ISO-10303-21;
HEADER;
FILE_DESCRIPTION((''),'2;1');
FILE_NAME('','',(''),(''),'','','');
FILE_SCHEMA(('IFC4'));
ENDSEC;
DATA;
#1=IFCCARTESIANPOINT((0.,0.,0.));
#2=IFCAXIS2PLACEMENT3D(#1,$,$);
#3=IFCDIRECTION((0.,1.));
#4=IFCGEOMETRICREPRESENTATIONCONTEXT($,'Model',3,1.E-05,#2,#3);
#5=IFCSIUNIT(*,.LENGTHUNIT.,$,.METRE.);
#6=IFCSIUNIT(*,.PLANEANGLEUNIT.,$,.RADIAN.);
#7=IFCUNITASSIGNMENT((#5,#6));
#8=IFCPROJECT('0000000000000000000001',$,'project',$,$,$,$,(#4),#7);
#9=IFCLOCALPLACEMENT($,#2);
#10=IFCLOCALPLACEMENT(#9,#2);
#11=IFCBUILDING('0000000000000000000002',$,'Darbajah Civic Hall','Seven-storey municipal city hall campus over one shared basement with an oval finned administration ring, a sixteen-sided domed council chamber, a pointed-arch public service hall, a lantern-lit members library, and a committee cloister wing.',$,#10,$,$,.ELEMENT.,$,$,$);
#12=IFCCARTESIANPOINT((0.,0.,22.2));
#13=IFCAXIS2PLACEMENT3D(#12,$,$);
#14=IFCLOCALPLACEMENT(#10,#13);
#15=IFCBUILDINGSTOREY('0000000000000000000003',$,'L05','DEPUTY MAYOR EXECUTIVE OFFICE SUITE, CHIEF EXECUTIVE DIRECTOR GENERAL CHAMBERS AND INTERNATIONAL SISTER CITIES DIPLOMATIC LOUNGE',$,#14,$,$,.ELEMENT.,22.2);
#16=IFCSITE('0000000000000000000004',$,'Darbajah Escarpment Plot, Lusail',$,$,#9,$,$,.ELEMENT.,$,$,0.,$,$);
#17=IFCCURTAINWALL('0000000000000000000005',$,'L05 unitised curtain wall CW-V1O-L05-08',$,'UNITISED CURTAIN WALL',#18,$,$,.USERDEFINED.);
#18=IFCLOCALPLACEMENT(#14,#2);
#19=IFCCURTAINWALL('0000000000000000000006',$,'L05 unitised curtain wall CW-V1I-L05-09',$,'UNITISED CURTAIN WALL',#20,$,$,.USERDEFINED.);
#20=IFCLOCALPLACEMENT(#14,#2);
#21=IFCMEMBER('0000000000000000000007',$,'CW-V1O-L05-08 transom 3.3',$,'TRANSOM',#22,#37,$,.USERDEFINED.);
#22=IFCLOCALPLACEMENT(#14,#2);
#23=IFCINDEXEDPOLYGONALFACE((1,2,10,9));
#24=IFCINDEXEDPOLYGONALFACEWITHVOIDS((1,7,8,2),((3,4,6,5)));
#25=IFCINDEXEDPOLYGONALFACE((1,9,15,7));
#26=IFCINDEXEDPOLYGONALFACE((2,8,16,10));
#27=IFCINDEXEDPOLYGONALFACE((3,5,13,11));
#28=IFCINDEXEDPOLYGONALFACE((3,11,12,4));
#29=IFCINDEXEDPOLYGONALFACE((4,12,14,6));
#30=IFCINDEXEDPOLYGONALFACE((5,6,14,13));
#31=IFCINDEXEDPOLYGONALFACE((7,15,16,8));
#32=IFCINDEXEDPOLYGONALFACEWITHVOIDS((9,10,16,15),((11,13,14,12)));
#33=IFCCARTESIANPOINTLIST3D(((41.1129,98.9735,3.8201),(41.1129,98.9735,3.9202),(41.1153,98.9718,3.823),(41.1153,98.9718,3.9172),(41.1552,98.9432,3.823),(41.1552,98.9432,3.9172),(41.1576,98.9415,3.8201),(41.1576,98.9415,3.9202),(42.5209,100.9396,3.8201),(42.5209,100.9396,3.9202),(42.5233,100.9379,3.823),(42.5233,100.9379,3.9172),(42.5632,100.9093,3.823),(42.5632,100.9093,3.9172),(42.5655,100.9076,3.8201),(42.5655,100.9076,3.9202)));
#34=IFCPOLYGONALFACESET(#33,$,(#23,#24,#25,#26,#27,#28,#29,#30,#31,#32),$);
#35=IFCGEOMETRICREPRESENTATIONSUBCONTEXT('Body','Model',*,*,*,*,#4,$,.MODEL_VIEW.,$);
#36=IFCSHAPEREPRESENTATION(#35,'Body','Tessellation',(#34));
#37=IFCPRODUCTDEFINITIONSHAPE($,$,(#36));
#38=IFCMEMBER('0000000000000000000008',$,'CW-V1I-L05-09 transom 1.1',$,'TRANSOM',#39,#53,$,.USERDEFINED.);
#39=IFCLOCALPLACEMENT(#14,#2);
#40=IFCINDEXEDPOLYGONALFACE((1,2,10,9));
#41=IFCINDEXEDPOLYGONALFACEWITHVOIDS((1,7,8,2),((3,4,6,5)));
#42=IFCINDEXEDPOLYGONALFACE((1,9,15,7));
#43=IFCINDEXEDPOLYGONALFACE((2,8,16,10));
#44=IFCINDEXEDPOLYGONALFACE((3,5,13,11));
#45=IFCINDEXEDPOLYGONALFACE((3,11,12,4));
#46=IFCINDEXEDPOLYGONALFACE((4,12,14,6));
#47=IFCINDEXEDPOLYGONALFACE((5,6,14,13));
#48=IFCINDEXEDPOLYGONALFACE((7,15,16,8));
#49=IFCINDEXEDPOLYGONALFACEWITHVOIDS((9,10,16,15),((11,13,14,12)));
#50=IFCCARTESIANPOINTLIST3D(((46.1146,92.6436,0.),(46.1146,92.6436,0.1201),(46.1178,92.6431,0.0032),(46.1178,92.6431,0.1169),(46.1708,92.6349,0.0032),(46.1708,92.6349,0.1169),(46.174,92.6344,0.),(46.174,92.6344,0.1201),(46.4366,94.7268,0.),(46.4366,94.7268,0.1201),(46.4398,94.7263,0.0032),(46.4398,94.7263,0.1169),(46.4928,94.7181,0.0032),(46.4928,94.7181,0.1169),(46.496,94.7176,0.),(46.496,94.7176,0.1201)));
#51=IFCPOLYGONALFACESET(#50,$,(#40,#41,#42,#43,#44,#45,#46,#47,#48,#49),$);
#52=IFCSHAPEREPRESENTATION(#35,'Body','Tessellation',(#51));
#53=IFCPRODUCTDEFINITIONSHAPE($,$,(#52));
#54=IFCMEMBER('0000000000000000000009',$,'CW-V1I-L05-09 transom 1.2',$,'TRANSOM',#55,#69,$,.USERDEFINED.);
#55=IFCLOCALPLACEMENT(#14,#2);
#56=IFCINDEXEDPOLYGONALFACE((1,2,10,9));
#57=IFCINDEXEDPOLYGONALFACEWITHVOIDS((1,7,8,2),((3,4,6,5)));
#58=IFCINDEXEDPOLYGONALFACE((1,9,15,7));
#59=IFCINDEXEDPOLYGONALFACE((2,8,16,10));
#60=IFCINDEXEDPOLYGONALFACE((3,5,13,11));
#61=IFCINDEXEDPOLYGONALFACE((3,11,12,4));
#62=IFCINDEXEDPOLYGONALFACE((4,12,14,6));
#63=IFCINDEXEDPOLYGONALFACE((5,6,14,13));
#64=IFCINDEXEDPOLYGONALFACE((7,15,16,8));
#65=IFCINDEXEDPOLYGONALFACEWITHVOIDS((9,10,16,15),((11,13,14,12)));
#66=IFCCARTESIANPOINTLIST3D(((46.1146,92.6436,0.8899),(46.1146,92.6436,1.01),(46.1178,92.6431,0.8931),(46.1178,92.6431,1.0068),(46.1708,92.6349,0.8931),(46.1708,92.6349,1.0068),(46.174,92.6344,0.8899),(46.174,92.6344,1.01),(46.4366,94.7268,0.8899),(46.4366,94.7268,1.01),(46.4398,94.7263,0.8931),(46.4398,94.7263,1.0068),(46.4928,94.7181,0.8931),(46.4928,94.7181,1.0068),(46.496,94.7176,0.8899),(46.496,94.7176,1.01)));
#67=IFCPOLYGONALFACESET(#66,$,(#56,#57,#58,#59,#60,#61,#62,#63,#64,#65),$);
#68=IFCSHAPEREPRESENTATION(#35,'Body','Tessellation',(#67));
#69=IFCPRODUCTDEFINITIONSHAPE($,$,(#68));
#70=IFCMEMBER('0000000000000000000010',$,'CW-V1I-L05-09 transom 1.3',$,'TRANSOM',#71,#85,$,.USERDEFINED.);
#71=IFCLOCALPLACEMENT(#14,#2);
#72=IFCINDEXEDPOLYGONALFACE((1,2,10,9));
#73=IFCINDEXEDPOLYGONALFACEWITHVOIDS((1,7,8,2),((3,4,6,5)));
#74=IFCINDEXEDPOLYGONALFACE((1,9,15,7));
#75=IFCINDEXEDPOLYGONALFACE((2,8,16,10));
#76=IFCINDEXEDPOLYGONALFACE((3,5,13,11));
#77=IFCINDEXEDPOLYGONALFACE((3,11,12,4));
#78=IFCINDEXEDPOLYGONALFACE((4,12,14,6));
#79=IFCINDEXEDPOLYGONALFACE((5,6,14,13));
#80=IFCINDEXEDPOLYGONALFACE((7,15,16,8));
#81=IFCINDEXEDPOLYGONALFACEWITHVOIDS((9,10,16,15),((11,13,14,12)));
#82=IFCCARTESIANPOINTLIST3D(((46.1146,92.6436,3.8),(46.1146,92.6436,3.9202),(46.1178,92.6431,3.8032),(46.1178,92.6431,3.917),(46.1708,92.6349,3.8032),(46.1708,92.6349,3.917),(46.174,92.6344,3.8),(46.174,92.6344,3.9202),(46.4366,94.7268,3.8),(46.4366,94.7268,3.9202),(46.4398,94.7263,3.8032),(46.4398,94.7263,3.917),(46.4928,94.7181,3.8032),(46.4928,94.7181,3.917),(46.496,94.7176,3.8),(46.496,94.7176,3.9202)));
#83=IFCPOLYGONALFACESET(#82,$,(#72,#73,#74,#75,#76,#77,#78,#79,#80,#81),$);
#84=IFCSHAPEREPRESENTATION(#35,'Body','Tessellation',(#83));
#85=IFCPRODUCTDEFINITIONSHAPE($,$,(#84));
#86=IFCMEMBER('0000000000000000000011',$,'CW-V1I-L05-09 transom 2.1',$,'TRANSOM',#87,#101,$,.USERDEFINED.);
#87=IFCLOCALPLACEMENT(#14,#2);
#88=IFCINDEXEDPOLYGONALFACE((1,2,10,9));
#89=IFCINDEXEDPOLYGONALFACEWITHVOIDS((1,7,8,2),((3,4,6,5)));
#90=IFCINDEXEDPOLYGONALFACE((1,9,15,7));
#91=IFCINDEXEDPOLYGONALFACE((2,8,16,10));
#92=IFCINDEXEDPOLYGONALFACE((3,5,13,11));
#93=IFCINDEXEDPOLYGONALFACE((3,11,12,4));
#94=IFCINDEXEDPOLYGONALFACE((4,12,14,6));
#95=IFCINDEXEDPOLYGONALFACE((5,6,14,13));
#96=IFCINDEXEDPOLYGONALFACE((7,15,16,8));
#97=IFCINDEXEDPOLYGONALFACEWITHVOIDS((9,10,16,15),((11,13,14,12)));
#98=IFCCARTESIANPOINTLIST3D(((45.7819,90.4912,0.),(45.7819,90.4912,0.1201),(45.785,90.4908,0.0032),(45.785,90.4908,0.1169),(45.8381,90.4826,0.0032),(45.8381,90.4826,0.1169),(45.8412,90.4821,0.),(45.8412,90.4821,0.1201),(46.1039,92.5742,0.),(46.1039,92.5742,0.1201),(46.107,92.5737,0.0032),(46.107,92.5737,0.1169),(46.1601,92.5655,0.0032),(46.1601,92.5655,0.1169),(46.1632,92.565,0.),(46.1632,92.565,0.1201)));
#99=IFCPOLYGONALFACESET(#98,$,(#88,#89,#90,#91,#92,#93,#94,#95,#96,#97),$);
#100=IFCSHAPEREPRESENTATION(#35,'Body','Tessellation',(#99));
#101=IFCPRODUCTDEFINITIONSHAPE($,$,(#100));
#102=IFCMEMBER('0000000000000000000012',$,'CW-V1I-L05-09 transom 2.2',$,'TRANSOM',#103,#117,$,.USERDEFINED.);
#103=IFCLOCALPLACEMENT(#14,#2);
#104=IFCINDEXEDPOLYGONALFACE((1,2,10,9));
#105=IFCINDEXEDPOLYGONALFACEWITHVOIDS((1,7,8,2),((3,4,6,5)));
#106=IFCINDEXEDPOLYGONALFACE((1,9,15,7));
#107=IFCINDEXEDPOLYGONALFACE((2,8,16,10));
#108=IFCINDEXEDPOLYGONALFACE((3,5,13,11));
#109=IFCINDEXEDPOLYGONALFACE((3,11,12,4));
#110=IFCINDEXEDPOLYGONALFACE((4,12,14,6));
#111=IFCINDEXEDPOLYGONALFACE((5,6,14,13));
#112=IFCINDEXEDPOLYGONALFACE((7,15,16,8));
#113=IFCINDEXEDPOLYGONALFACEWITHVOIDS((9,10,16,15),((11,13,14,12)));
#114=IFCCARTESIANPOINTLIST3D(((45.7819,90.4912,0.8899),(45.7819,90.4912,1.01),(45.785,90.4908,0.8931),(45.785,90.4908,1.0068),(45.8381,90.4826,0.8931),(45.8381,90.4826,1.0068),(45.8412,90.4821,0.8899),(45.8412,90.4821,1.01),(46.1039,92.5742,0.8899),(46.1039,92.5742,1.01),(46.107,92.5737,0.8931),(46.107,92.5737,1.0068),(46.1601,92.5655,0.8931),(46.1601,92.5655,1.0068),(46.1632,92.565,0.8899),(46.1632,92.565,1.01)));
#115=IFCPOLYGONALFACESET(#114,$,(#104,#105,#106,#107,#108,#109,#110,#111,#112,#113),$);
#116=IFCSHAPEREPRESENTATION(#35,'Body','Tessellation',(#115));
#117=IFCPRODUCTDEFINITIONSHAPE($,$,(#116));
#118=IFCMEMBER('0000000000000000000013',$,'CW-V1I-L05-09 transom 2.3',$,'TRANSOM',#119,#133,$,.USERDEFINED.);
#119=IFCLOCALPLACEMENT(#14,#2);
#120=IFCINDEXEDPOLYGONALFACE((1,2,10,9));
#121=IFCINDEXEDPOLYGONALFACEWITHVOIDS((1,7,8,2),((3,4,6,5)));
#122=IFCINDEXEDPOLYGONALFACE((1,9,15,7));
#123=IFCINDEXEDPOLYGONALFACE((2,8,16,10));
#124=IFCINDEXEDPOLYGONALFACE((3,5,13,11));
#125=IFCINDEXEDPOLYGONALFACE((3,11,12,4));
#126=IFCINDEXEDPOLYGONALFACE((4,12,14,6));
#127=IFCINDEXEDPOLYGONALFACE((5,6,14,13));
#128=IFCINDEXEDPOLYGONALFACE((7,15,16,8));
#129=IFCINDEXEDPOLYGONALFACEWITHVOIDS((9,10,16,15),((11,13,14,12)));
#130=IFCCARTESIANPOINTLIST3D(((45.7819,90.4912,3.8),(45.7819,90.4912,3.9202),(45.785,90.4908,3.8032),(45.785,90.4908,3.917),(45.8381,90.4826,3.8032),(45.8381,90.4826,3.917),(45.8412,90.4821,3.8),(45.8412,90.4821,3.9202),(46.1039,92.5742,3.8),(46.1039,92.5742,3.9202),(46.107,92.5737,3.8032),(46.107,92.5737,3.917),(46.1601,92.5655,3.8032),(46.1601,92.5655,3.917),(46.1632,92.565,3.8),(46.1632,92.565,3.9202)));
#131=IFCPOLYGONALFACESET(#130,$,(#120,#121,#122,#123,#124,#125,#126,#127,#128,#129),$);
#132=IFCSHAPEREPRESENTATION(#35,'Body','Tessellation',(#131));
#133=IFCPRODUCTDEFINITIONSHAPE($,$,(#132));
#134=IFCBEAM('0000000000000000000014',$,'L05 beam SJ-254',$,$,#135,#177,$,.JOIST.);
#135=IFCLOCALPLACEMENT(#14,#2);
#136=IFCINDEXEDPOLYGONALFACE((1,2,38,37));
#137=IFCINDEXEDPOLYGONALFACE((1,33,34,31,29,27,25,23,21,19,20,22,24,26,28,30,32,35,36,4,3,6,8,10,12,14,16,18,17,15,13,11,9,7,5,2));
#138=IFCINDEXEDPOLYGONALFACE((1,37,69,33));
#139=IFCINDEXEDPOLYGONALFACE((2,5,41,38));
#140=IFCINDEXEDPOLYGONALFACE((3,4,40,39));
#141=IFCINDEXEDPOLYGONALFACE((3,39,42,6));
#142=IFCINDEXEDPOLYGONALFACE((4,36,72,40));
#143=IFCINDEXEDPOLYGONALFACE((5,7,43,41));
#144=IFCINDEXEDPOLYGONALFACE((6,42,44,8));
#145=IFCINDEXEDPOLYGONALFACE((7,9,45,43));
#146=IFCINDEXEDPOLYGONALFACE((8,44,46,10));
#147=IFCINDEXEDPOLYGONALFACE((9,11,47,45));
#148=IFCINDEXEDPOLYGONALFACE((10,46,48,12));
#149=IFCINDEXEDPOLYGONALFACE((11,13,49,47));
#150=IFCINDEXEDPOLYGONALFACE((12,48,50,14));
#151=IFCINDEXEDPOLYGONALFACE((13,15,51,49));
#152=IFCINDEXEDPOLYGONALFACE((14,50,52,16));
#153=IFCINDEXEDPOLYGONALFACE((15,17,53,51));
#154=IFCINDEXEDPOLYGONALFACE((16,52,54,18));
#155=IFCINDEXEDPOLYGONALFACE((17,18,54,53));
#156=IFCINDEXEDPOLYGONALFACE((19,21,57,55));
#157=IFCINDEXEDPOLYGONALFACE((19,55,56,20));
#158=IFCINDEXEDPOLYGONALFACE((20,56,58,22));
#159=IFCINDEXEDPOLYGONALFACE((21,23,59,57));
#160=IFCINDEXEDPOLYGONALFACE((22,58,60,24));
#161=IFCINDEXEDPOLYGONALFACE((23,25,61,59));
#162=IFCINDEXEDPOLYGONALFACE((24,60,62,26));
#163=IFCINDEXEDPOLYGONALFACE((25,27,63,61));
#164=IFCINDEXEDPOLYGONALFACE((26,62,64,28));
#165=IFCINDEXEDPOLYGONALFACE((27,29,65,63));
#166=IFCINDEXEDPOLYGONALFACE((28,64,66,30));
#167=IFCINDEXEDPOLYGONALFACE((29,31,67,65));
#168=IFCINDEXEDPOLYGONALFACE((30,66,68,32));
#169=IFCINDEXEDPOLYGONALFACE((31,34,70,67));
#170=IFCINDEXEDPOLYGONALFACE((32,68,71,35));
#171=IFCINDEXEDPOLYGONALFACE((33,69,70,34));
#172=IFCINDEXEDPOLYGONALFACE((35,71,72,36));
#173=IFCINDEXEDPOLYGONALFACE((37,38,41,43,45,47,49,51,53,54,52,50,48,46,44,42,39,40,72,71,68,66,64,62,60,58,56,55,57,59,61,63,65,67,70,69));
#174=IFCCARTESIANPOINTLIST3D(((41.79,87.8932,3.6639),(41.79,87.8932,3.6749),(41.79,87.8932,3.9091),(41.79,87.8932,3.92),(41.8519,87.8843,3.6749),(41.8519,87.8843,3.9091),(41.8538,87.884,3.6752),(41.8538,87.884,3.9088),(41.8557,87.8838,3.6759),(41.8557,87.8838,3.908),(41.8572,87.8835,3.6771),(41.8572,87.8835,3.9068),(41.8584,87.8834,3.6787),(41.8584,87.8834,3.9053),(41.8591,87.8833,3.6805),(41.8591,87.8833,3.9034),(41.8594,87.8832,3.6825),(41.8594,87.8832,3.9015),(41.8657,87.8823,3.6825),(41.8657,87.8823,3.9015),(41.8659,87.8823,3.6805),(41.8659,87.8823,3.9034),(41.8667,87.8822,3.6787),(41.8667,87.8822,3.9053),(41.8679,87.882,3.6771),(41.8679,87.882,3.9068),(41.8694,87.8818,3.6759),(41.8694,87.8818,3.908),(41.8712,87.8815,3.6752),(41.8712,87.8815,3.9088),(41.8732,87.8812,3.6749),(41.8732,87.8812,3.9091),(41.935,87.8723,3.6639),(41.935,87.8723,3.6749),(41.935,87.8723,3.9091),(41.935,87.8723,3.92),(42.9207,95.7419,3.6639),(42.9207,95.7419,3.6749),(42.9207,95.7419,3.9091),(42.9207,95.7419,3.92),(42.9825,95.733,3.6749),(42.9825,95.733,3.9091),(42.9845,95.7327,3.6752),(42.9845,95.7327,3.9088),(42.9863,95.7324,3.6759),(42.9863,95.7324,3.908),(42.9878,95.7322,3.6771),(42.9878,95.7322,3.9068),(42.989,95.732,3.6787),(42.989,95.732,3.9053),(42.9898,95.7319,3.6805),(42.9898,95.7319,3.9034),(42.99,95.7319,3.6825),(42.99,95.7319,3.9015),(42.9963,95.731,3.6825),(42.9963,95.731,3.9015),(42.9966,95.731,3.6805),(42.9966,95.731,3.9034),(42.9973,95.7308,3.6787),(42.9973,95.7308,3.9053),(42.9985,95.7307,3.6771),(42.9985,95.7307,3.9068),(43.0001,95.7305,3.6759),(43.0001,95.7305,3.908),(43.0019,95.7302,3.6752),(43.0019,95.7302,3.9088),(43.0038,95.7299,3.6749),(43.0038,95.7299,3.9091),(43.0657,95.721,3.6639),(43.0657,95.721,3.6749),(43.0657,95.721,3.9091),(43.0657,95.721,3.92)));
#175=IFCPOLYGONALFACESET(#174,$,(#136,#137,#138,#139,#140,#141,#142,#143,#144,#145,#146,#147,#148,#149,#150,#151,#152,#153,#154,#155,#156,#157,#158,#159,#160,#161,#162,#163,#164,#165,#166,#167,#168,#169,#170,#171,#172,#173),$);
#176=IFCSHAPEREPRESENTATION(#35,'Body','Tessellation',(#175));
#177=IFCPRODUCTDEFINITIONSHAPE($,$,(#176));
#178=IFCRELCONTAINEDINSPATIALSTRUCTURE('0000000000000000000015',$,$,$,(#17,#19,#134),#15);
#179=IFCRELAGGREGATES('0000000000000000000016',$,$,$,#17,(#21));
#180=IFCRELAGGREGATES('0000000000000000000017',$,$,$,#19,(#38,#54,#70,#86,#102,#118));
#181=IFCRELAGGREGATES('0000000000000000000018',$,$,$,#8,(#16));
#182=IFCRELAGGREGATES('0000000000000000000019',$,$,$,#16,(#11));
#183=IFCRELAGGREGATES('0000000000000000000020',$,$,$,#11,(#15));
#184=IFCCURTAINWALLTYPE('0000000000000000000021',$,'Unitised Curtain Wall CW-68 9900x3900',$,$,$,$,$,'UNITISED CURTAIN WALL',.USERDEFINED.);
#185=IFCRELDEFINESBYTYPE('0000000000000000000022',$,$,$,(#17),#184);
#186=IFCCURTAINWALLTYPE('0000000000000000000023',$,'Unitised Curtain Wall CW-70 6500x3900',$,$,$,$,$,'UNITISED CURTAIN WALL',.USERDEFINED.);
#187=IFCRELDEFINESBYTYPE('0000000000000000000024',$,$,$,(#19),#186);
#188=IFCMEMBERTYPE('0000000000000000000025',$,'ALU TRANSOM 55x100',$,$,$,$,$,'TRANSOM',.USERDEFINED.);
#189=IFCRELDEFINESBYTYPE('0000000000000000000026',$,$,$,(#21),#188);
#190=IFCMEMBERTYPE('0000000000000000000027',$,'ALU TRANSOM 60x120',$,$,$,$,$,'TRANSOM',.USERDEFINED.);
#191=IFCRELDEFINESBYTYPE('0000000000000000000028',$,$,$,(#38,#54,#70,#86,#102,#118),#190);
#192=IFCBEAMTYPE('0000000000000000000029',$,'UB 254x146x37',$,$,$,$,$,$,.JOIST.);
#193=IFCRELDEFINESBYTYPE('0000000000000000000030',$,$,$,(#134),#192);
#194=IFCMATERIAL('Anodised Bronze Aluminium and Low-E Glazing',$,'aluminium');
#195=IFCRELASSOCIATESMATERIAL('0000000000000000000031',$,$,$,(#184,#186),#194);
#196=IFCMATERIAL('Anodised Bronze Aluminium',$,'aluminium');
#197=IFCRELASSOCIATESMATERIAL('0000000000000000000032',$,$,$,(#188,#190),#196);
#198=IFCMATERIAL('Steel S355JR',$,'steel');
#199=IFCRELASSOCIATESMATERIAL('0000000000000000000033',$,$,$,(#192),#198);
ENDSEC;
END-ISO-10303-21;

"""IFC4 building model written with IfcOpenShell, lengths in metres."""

from ifc_helpers import new_model, si_unit, direction, frame, origin, origin_2d, place, context, subcontext, project, spatial, hollow_rectangle, i_section, extrude, material, material_profile, profile_set, type_object, element, aggregate, save


model = new_model("IFC4")

# Units and contexts
model_context = context("Model", 3, precision=1e-05, world=origin(), true_north=direction((0.0, 1.0)))
body_context = subcontext(model_context, "Body", "Model", "MODEL_VIEW")
ifc_project = project(units=[si_unit("LENGTHUNIT", "METRE"), si_unit("PLANEANGLEUNIT", "RADIAN")], contexts=[model_context])

# Site, building, storey
site_placement = place(None, origin())
site = spatial("IfcSite", under=ifc_project, at=site_placement, Name="Darbajah Escarpment Plot, Lusail", CompositionType="ELEMENT", RefElevation=0.0)
building_placement = place(site_placement, origin())
building = spatial("IfcBuilding", under=site, at=building_placement, Name="Darbajah Civic Hall", Description="Seven-storey municipal city hall campus over one shared basement with an oval finned administration ring, a sixteen-sided domed council chamber, a pointed-arch public service hall, a lantern-lit members library, and a committee cloister wing.", CompositionType="ELEMENT")
storey_placement = place(building_placement, frame((0.0, 0.0, 22.2)))
storey = spatial("IfcBuildingStorey", under=building, at=storey_placement, Name="L05", Description="DEPUTY MAYOR EXECUTIVE OFFICE SUITE, CHIEF EXECUTIVE DIRECTOR GENERAL CHAMBERS AND INTERNATIONAL SISTER CITIES DIPLOMATIC LOUNGE", CompositionType="ELEMENT", Elevation=22.2)

# Curtain walls
ifc_material_1 = material(Name="Anodised Bronze Aluminium and Low-E Glazing", Category="aluminium")
curtain_wall_type_1 = type_object("IfcCurtainWallType", Name="Unitised Curtain Wall CW-68 9900x3900", ElementType="UNITISED CURTAIN WALL", PredefinedType="USERDEFINED", material=ifc_material_1)
curtain_wall_1_placement = place(storey_placement, origin())
curtain_wall_1 = element("IfcCurtainWall", 1, at=curtain_wall_1_placement, inside=storey, type_object=curtain_wall_type_1, Name="L05 unitised curtain wall CW-V1O-L05-08", ObjectType="UNITISED CURTAIN WALL", PredefinedType="USERDEFINED")
ifc_material_2 = material(Name="Anodised Bronze Aluminium", Category="aluminium")
curtain_wall_type_2 = type_object("IfcCurtainWallType", Name="Unitised Curtain Wall CW-70 6500x3900", ElementType="UNITISED CURTAIN WALL", PredefinedType="USERDEFINED", material=ifc_material_1)
curtain_wall_2_placement = place(storey_placement, origin())
curtain_wall_2 = element("IfcCurtainWall", 2, at=curtain_wall_2_placement, inside=storey, type_object=curtain_wall_type_2, Name="L05 unitised curtain wall CW-V1I-L05-09", ObjectType="UNITISED CURTAIN WALL", PredefinedType="USERDEFINED")

# Members
ifc_material_profile_1 = material_profile(ifc_material_2, hollow_rectangle(XDim=0.0549, YDim=0.1001, WallThickness=0.0029, at=origin_2d()), Name="ALU TRANSOM 55x100")
ifc_profile_set_1 = profile_set([ifc_material_profile_1], Name="Anodised Bronze Aluminium")
member_type_1 = type_object("IfcMemberType", Name="ALU TRANSOM 55x100", ElementType="TRANSOM", PredefinedType="USERDEFINED", material=ifc_profile_set_1)
member_1_placement = place(storey_placement, frame((42.5432, 100.9236, 3.8701), z_axis=(-0.582231, -0.813023, 0.0), x_axis=(0.813023, -0.582231, 0.0)))
member_1 = element("IfcMember", 3, at=member_1_placement, type_object=member_type_1, Name="CW-V1O-L05-08 transom 3.3", ObjectType="TRANSOM", PredefinedType="USERDEFINED", context=body_context, shape_type="SweptSolid", body=[
    extrude(hollow_rectangle(XDim=0.0549, YDim=0.1001, WallThickness=0.0029, at=origin_2d()), origin(), (0.0, 0.0, 1.0), 2.4182),
])
ifc_material_profile_2 = material_profile(ifc_material_2, hollow_rectangle(XDim=0.0601, YDim=0.1201, WallThickness=0.0032, at=origin_2d()), Name="ALU TRANSOM 60x120")
ifc_profile_set_2 = profile_set([ifc_material_profile_2], Name="Anodised Bronze Aluminium")
member_type_2 = type_object("IfcMemberType", Name="ALU TRANSOM 60x120", ElementType="TRANSOM", PredefinedType="USERDEFINED", material=ifc_profile_set_2)
member_2_placement = place(storey_placement, frame((46.4663, 94.7222, 0.0601), z_axis=(-0.152762, -0.988263, 0.0), x_axis=(0.988263, -0.152762, 0.0)))
member_2 = element("IfcMember", 4, at=member_2_placement, type_object=member_type_2, Name="CW-V1I-L05-09 transom 1.1", ObjectType="TRANSOM", PredefinedType="USERDEFINED", context=body_context, shape_type="SweptSolid", body=[
    extrude(hollow_rectangle(XDim=0.0601, YDim=0.1201, WallThickness=0.0032, at=origin_2d()), origin(), (0.0, 0.0, 1.0), 2.1079),
])
member_3_placement = place(storey_placement, frame((46.4663, 94.7222, 0.95), z_axis=(-0.152762, -0.988263, 0.0), x_axis=(0.988263, -0.152762, 0.0)))
member_3 = element("IfcMember", 5, at=member_3_placement, type_object=member_type_2, Name="CW-V1I-L05-09 transom 1.2", ObjectType="TRANSOM", PredefinedType="USERDEFINED", context=body_context, shape_type="SweptSolid", body=[
    extrude(hollow_rectangle(XDim=0.0601, YDim=0.1201, WallThickness=0.0032, at=origin_2d()), origin(), (0.0, 0.0, 1.0), 2.1079),
])
member_4_placement = place(storey_placement, frame((46.4663, 94.7222, 3.8601), z_axis=(-0.152762, -0.988263, 0.0), x_axis=(0.988263, -0.152762, 0.0)))
member_4 = element("IfcMember", 6, at=member_4_placement, type_object=member_type_2, Name="CW-V1I-L05-09 transom 1.3", ObjectType="TRANSOM", PredefinedType="USERDEFINED", context=body_context, shape_type="SweptSolid", body=[
    extrude(hollow_rectangle(XDim=0.0601, YDim=0.1201, WallThickness=0.0032, at=origin_2d()), origin(), (0.0, 0.0, 1.0), 2.1079),
])
member_5_placement = place(storey_placement, frame((46.1335, 92.5696, 0.0601), z_axis=(-0.15278, -0.98826, 0.0), x_axis=(0.98826, -0.15278, 0.0)))
member_5 = element("IfcMember", 7, at=member_5_placement, type_object=member_type_2, Name="CW-V1I-L05-09 transom 2.1", ObjectType="TRANSOM", PredefinedType="USERDEFINED", context=body_context, shape_type="SweptSolid", body=[
    extrude(hollow_rectangle(XDim=0.0601, YDim=0.1201, WallThickness=0.0032, at=origin_2d()), origin(), (0.0, 0.0, 1.0), 2.1077),
])
member_6_placement = place(storey_placement, frame((46.1335, 92.5696, 0.95), z_axis=(-0.15278, -0.98826, 0.0), x_axis=(0.98826, -0.15278, 0.0)))
member_6 = element("IfcMember", 8, at=member_6_placement, type_object=member_type_2, Name="CW-V1I-L05-09 transom 2.2", ObjectType="TRANSOM", PredefinedType="USERDEFINED", context=body_context, shape_type="SweptSolid", body=[
    extrude(hollow_rectangle(XDim=0.0601, YDim=0.1201, WallThickness=0.0032, at=origin_2d()), origin(), (0.0, 0.0, 1.0), 2.1077),
])
member_7_placement = place(storey_placement, frame((46.1335, 92.5696, 3.8601), z_axis=(-0.15278, -0.98826, 0.0), x_axis=(0.98826, -0.15278, 0.0)))
member_7 = element("IfcMember", 9, at=member_7_placement, type_object=member_type_2, Name="CW-V1I-L05-09 transom 2.3", ObjectType="TRANSOM", PredefinedType="USERDEFINED", context=body_context, shape_type="SweptSolid", body=[
    extrude(hollow_rectangle(XDim=0.0601, YDim=0.1201, WallThickness=0.0032, at=origin_2d()), origin(), (0.0, 0.0, 1.0), 2.1077),
])

# Beam
ifc_material_3 = material(Name="Steel S355JR", Category="steel")
ifc_material_profile_3 = material_profile(ifc_material_3, i_section(OverallWidth=0.1465, OverallDepth=0.2561, WebThickness=0.0063, FlangeThickness=0.011, FilletRadius=0.0076, at=origin_2d()), Name="UB 254x146x37")
ifc_profile_set_3 = profile_set([ifc_material_profile_3], Name="Steel S355JR")
beam_type_1 = type_object("IfcBeamType", Name="UB 254x146x37", PredefinedType="JOIST", material=ifc_profile_set_3)
beam_1_placement = place(storey_placement, frame((42.9932, 95.7314, 3.792), z_axis=(-0.142581, -0.989783, 0.0), x_axis=(0.989783, -0.142581, 0.0)))
element("IfcBeam", 10, at=beam_1_placement, inside=storey, type_object=beam_type_1, Name="L05 beam SJ-254", PredefinedType="JOIST", context=body_context, shape_type="SweptSolid", body=[
    extrude(i_section(OverallWidth=0.1465, OverallDepth=0.2561, WebThickness=0.0063, FlangeThickness=0.011, FilletRadius=0.0076, at=origin_2d()), origin(), (0.0, 0.0, 1.0), 7.9297),
])

aggregate(curtain_wall_1, [member_1])
aggregate(curtain_wall_2, [member_2, member_3, member_4, member_5, member_6, member_7])

save(model, "model.ifc")
